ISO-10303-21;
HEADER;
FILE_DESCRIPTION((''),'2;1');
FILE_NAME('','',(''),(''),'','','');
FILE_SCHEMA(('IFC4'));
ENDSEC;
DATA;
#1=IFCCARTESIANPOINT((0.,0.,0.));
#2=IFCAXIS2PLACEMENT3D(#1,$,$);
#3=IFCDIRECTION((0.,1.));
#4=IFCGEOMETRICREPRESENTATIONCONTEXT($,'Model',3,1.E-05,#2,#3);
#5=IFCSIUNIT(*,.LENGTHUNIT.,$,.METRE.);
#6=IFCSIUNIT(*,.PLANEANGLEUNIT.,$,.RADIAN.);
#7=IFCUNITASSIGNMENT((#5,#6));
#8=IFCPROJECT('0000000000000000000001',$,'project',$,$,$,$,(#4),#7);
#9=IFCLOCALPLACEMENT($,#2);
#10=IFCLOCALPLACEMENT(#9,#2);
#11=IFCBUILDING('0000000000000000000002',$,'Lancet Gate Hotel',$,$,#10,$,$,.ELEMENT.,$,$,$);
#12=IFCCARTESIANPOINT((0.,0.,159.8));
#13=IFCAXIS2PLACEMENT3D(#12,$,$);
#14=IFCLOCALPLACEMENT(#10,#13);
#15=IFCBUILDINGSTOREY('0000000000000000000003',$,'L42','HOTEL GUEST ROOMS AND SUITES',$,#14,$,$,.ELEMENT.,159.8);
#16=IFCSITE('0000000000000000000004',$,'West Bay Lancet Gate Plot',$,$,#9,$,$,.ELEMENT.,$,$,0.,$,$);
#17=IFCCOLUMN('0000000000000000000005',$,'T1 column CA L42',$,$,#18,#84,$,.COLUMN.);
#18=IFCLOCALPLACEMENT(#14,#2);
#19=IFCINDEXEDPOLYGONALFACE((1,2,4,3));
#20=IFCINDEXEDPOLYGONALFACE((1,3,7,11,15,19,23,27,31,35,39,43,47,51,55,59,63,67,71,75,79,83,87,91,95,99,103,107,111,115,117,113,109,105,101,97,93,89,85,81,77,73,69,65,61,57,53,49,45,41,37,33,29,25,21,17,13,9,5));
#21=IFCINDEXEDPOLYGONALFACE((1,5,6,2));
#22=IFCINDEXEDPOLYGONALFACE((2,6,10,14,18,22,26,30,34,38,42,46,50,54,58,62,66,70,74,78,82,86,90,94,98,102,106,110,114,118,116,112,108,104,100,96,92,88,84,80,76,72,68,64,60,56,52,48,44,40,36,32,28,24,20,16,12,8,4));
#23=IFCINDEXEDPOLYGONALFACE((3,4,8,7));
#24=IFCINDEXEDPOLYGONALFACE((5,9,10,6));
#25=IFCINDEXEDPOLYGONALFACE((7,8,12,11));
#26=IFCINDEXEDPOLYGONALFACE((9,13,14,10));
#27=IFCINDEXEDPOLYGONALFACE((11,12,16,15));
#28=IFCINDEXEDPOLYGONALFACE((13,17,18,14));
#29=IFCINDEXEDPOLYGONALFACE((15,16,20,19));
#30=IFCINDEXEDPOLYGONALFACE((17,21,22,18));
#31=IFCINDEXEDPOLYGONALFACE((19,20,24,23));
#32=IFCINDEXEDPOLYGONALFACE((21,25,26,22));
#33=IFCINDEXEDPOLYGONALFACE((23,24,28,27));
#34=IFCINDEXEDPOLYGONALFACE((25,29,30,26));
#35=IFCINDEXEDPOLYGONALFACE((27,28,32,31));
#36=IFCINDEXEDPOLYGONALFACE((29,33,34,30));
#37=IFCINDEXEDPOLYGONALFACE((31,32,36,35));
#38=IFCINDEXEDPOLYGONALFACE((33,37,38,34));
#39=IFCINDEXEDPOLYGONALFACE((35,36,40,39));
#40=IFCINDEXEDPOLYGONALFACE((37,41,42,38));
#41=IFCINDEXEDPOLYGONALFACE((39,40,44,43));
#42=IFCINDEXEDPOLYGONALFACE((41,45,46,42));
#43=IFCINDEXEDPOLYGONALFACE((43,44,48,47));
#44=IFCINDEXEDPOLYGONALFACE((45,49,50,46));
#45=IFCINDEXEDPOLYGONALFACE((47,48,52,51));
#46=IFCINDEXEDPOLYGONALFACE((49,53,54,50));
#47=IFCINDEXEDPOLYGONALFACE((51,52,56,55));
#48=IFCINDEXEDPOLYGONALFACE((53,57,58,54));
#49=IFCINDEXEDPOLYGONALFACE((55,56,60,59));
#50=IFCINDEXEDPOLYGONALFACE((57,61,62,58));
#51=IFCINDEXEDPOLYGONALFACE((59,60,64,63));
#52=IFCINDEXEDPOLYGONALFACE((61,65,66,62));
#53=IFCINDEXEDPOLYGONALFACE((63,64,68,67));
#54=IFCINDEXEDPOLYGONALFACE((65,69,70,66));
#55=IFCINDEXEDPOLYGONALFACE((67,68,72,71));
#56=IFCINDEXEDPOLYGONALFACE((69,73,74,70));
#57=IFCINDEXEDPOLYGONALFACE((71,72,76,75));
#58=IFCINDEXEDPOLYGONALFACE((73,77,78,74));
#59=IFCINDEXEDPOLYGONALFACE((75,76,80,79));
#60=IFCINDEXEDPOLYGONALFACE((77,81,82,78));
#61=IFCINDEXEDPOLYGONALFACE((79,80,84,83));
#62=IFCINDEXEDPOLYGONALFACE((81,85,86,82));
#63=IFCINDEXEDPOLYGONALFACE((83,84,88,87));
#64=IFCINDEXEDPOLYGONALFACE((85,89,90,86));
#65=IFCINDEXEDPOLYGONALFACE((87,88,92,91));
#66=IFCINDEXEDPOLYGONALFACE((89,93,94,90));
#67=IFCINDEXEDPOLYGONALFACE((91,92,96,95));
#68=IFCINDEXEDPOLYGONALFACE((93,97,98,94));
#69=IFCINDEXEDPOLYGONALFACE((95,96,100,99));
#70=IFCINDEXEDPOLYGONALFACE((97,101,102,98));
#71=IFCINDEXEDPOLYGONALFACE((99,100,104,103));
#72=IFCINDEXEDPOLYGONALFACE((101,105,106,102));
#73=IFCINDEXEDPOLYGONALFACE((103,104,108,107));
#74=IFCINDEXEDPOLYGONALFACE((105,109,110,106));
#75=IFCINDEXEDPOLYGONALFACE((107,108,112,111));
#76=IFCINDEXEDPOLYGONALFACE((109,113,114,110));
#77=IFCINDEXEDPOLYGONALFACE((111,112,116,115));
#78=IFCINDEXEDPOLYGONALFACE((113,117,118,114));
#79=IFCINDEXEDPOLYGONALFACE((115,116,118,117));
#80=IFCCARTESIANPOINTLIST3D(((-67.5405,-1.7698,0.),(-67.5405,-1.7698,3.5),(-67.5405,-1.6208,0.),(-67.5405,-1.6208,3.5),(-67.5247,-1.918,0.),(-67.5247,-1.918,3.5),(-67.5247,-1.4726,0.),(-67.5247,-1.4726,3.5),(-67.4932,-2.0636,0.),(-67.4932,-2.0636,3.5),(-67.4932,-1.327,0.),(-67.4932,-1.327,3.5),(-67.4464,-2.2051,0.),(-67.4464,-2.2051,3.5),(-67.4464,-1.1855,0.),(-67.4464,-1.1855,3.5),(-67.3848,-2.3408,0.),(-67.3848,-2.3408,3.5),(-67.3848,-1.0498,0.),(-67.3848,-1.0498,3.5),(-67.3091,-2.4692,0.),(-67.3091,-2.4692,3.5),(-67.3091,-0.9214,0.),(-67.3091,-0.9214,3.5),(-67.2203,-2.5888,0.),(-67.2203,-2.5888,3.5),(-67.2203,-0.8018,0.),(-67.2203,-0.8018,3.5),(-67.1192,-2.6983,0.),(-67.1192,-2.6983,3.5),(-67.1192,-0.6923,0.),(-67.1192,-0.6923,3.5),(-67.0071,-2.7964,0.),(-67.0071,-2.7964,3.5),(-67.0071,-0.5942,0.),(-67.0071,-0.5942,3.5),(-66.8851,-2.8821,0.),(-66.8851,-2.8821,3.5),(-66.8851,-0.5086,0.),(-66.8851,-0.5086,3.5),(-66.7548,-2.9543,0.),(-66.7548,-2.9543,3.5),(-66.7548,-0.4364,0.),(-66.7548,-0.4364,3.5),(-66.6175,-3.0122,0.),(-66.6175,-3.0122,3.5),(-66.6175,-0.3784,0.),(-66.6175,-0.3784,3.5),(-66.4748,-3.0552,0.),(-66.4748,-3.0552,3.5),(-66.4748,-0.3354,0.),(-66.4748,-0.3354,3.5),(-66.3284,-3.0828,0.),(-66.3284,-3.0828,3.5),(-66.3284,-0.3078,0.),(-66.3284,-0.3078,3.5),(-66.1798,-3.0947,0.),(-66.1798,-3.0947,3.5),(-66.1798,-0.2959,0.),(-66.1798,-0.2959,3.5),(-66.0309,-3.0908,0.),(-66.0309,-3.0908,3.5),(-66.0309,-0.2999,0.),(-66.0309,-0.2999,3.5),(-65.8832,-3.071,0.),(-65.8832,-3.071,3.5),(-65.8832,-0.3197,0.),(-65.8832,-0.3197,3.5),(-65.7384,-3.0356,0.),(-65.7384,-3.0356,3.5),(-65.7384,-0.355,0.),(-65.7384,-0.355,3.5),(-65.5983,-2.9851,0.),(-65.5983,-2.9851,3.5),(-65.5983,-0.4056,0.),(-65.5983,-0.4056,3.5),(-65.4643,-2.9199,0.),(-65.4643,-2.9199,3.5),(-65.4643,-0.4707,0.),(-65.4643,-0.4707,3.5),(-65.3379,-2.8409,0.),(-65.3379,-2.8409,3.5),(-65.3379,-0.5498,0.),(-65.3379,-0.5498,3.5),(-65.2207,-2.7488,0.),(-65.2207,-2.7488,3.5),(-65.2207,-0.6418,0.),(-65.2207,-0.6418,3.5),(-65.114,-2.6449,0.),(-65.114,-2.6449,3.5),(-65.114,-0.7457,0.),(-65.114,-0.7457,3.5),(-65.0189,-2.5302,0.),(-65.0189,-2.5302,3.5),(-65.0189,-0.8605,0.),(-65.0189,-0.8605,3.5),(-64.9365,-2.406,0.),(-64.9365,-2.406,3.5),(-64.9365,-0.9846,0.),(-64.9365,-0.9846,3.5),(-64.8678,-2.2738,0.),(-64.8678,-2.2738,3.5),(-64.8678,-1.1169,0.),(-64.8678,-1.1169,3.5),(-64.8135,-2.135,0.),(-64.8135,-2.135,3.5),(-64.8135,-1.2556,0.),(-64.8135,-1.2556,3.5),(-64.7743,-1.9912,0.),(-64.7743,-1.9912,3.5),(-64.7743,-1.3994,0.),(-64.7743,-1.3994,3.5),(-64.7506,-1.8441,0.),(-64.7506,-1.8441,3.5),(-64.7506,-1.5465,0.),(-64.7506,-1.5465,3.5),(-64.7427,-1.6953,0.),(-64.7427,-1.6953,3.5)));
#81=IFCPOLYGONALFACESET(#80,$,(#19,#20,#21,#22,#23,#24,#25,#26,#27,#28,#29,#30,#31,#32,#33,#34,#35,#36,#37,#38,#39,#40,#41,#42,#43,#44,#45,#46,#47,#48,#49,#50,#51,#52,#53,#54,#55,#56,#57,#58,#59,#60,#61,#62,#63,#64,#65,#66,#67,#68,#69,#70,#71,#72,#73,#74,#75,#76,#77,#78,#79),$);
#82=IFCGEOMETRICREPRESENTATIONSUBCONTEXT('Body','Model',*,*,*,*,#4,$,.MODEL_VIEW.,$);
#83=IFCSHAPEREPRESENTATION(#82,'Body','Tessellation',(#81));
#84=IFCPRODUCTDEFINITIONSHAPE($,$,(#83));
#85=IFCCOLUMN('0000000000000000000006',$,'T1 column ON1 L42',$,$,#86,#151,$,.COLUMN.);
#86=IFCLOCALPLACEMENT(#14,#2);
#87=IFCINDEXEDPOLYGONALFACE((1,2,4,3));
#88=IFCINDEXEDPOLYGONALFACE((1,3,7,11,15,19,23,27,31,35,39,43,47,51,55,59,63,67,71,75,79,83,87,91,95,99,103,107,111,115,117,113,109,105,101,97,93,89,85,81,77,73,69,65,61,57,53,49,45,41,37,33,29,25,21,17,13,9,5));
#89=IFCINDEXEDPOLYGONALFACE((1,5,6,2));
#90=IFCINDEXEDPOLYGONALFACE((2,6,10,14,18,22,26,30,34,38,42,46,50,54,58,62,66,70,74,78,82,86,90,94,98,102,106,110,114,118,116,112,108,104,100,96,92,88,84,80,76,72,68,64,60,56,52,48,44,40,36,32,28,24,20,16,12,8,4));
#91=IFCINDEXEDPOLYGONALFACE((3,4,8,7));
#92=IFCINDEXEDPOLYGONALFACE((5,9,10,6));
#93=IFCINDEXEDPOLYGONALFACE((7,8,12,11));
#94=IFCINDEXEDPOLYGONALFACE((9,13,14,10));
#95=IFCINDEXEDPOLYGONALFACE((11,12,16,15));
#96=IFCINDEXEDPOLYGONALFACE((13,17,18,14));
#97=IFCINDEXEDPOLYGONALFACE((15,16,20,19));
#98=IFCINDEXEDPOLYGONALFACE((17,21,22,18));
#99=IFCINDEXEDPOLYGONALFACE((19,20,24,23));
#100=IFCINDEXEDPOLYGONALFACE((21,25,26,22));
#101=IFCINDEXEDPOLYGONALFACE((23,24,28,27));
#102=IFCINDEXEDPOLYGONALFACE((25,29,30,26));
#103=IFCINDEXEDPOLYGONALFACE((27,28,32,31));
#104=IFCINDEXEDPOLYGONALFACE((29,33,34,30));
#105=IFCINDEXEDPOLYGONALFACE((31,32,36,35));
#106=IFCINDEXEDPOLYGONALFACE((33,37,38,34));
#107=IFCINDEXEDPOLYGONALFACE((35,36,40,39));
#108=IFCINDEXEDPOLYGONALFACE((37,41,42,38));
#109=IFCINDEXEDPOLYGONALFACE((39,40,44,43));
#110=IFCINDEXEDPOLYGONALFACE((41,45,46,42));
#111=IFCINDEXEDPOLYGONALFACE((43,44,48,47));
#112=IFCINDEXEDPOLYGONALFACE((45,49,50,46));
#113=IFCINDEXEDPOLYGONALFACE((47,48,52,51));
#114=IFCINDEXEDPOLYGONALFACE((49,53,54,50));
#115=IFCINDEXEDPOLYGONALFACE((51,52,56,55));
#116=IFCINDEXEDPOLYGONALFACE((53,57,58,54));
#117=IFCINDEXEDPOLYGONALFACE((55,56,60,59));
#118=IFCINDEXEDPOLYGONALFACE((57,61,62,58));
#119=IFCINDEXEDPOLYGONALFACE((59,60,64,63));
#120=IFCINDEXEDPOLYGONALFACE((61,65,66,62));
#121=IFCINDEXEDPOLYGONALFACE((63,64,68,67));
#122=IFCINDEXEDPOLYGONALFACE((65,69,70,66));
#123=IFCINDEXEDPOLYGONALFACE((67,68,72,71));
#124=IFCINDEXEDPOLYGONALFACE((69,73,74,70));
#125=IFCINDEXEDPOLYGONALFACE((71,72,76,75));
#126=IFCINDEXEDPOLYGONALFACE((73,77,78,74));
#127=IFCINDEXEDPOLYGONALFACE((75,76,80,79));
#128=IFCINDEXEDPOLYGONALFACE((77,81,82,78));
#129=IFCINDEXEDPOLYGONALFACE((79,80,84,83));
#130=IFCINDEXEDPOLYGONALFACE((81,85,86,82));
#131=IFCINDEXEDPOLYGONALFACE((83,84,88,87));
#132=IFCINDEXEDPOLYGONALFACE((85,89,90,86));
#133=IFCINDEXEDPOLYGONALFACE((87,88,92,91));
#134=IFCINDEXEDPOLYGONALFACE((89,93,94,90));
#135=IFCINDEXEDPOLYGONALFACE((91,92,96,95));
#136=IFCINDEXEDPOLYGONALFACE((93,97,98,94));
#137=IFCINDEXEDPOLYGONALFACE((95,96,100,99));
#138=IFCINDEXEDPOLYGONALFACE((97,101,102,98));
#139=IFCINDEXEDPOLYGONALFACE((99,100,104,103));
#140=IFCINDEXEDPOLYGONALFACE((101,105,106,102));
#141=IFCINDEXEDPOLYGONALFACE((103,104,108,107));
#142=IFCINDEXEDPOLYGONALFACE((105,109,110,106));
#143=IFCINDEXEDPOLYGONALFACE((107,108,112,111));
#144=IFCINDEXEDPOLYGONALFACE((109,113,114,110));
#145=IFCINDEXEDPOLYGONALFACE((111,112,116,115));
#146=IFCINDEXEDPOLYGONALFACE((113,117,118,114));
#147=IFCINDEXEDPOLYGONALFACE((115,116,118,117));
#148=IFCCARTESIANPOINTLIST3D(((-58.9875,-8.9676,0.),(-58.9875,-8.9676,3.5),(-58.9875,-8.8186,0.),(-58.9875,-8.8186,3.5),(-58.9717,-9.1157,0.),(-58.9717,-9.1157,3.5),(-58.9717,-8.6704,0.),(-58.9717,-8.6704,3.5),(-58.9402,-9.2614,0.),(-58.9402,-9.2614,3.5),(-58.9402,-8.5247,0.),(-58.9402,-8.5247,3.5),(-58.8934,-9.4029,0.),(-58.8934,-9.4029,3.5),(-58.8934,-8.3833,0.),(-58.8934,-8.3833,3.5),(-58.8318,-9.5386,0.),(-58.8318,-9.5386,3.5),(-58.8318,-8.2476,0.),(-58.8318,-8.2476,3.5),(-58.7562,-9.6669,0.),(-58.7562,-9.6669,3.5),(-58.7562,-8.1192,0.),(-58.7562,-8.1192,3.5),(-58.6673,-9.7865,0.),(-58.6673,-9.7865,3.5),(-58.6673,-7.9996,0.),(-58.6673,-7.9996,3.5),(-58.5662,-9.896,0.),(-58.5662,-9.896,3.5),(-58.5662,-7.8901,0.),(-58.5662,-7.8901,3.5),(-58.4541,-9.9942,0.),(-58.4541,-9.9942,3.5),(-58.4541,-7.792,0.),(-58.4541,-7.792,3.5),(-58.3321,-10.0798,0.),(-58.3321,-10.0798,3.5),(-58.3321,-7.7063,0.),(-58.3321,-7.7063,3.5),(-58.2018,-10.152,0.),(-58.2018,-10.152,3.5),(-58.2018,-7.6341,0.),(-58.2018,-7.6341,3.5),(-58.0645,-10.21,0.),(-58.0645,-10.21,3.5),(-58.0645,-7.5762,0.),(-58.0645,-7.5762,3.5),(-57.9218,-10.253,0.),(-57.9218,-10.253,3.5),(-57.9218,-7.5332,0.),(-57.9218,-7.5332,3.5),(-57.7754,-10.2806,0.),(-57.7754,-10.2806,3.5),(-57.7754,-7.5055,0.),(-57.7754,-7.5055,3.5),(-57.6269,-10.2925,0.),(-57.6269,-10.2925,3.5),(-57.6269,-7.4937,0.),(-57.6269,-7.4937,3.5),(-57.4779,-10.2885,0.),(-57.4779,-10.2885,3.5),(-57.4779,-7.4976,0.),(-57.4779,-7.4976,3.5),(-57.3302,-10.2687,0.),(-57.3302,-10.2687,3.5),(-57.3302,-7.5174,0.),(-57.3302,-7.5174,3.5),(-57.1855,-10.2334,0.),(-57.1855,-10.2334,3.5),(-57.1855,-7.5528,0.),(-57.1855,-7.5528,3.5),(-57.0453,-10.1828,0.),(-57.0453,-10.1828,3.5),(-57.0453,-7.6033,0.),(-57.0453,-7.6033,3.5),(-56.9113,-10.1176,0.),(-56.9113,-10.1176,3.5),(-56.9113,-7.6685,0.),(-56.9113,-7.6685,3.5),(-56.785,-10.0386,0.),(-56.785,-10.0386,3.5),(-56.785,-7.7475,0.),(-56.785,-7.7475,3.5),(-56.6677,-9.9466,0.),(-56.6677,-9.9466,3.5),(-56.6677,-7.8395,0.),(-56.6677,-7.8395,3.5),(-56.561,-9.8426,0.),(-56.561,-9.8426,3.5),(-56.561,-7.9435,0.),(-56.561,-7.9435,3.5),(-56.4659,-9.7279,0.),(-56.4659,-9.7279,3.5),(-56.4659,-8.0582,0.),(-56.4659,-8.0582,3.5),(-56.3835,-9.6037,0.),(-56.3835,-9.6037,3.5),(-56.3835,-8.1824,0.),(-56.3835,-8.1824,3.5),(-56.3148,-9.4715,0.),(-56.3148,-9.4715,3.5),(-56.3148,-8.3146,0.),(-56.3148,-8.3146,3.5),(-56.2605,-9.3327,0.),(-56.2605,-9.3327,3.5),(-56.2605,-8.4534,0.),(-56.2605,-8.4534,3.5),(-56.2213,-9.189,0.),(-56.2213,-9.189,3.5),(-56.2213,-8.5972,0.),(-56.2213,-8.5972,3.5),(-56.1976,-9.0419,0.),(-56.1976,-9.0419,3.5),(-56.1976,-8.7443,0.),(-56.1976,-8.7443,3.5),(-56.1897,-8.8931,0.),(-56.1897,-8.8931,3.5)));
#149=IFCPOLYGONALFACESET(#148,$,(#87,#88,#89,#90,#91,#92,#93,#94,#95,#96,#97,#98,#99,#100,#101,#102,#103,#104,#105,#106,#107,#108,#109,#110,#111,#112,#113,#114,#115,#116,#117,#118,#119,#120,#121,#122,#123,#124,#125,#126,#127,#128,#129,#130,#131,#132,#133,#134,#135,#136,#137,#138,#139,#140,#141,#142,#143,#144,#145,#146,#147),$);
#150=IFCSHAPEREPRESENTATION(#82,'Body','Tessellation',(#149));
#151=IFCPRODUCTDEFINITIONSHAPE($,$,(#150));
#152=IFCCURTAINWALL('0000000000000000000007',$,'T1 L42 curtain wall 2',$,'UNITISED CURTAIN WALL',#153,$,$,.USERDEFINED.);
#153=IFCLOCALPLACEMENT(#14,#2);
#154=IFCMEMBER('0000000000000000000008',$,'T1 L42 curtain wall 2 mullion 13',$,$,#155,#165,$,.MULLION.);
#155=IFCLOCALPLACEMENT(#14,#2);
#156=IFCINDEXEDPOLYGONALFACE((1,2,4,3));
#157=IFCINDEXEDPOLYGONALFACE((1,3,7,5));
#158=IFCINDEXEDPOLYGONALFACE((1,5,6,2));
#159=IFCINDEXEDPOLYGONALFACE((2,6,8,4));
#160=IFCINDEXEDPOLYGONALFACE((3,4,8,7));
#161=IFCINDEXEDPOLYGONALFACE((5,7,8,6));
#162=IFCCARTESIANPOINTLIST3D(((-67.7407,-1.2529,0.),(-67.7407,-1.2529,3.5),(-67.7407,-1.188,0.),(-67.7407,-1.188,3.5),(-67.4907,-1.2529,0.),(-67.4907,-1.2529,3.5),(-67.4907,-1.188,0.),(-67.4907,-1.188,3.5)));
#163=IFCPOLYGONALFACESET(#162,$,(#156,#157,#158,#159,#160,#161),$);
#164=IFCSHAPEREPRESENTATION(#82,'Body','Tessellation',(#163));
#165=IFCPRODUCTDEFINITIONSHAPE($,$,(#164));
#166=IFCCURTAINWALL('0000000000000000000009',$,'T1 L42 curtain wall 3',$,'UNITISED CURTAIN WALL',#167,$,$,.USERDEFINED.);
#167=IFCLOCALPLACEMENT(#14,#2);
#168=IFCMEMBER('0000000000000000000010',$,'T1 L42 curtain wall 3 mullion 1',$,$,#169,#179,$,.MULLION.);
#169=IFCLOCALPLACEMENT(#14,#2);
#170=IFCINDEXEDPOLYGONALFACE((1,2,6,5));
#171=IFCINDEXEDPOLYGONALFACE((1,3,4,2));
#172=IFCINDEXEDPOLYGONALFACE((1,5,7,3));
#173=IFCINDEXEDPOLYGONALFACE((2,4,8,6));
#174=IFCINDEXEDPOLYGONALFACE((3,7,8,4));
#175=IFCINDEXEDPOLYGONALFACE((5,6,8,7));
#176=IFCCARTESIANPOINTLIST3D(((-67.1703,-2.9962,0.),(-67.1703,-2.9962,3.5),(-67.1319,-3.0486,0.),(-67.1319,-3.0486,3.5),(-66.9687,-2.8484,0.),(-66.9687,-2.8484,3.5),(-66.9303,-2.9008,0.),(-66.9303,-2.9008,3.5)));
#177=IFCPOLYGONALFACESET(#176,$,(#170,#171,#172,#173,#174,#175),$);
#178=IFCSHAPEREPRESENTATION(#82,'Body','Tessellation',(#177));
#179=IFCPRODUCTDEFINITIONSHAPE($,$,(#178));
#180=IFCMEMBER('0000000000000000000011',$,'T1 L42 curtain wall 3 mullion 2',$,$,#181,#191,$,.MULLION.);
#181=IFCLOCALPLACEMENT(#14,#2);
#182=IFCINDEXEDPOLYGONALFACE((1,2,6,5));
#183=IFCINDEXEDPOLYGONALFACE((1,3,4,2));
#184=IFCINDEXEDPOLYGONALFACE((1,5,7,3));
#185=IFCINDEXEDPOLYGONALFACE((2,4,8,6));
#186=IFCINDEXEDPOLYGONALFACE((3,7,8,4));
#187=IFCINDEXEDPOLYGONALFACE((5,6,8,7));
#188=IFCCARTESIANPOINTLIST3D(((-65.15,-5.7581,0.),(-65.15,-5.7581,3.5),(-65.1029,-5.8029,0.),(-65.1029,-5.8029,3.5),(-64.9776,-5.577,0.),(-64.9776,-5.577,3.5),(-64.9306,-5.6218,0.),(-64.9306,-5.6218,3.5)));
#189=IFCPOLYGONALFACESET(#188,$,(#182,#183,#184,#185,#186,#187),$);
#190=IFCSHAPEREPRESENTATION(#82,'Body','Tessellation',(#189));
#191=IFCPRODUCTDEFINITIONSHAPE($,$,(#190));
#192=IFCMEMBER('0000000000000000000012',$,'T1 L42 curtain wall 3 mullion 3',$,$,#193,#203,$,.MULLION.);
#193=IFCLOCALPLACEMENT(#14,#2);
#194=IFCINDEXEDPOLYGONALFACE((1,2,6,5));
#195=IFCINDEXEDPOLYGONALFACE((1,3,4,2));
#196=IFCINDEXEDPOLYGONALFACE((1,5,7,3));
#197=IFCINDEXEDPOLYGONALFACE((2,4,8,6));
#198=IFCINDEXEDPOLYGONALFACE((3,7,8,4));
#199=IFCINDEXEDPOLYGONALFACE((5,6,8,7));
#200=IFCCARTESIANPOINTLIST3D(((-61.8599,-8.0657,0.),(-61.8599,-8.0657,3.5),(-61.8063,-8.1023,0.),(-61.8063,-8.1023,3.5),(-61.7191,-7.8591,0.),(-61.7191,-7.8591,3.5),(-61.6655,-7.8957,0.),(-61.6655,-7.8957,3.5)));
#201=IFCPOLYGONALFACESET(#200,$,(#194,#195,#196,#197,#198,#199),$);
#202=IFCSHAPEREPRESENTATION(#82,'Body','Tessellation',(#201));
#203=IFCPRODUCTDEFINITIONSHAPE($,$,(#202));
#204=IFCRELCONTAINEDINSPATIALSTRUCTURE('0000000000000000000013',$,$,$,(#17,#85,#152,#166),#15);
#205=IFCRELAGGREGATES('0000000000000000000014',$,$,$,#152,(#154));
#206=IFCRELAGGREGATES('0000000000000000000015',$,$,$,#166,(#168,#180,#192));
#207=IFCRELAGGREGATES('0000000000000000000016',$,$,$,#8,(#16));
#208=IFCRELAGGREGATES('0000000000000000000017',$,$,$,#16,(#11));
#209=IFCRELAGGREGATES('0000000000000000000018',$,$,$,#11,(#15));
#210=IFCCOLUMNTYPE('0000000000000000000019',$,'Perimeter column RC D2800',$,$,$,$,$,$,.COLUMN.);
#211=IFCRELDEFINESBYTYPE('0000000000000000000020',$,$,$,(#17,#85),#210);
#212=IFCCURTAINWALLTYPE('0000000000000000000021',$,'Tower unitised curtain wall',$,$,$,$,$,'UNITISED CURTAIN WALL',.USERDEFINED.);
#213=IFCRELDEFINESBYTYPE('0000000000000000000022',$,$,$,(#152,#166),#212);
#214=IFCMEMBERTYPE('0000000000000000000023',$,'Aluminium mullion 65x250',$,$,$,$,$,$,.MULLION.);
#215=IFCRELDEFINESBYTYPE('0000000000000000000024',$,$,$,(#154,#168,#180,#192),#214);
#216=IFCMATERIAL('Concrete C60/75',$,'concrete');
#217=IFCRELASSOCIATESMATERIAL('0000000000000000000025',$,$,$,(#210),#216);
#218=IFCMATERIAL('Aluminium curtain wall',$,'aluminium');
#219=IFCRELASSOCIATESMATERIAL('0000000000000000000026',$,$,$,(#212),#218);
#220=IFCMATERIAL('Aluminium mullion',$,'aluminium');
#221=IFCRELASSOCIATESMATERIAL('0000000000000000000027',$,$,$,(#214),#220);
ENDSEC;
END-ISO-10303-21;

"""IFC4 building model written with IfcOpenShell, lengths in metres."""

from ifc_helpers import new_model, si_unit, direction, frame, origin, origin_2d, place, context, subcontext, project, spatial, rectangle, circle, extrude, material, material_profile, profile_set, type_object, element, aggregate, save


model = new_model("IFC4")

# Units and contexts
model_context = context("Model", 3, precision=1e-05, world=origin(), true_north=direction((0.0, 1.0)))
body_context = subcontext(model_context, "Body", "Model", "MODEL_VIEW")
ifc_project = project(units=[si_unit("LENGTHUNIT", "METRE"), si_unit("PLANEANGLEUNIT", "RADIAN")], contexts=[model_context])

# Site, building, storey
site_placement = place(None, origin())
site = spatial("IfcSite", under=ifc_project, at=site_placement, Name="West Bay Lancet Gate Plot", CompositionType="ELEMENT", RefElevation=0.0)
building_placement = place(site_placement, origin())
building = spatial("IfcBuilding", under=site, at=building_placement, Name="Lancet Gate Hotel", CompositionType="ELEMENT")
storey_placement = place(building_placement, frame((0.0, 0.0, 159.8)))
storey = spatial("IfcBuildingStorey", under=building, at=storey_placement, Name="L42", Description="HOTEL GUEST ROOMS AND SUITES", CompositionType="ELEMENT", Elevation=159.8)

# Columns
ifc_material_1 = material(Name="Concrete C60/75", Category="concrete")
ifc_material_profile_1 = material_profile(ifc_material_1, circle(Radius=1.3999, at=origin_2d()), Name="RC D2800")
ifc_profile_set_1 = profile_set([ifc_material_profile_1], Name="Concrete C60/75")
column_type = type_object("IfcColumnType", Name="Perimeter column RC D2800", PredefinedType="COLUMN", material=ifc_profile_set_1)
for number, where, z_axis, x_axis, name in (
    (1, (-66.1426, -1.6953, 0.0), (0.0, 0.0, 1.0), (1.0, 0.0, 0.0), "T1 column CA L42"),
    (2, (-57.5896, -8.8931, 0.0), (0.0, 0.0, 1.0), (1.0, 0.0, 0.0), "T1 column ON1 L42"),
):
    element("IfcColumn", number, at=place(storey_placement, frame(where, z_axis=z_axis, x_axis=x_axis)), inside=storey, type_object=column_type, Name=name, PredefinedType="COLUMN", context=body_context, shape_type="SweptSolid", body=[
        extrude(circle(Radius=1.3999, at=origin_2d()), origin(), (0.0, 0.0, 1.0), 3.5),
    ])

# Curtain wall, member
ifc_material_2 = material(Name="Aluminium curtain wall", Category="aluminium")
curtain_wall_type = type_object("IfcCurtainWallType", Name="Tower unitised curtain wall", ElementType="UNITISED CURTAIN WALL", PredefinedType="USERDEFINED", material=ifc_material_2)
curtain_wall_1_placement = place(storey_placement, origin())
curtain_wall_1 = element("IfcCurtainWall", 3, at=curtain_wall_1_placement, inside=storey, type_object=curtain_wall_type, Name="T1 L42 curtain wall 2", ObjectType="UNITISED CURTAIN WALL", PredefinedType="USERDEFINED")
ifc_material_3 = material(Name="Aluminium mullion", Category="aluminium")
ifc_material_profile_2 = material_profile(ifc_material_3, rectangle(XDim=0.0649, YDim=0.25, at=origin_2d()), Name="MULLION 65x250")
ifc_profile_set_2 = profile_set([ifc_material_profile_2], Name="Aluminium mullion")
member_type_1 = type_object("IfcMemberType", Name="Aluminium mullion 65x250", PredefinedType="MULLION", material=ifc_profile_set_2)
member_1_placement = place(storey_placement, frame((-67.6157, -1.2205, 0.0), z_axis=(0.0, 0.0, 1.0), x_axis=(0.0, -1.0, 0.0)))
member_1 = element("IfcMember", 4, at=member_1_placement, type_object=member_type_1, Name="T1 L42 curtain wall 2 mullion 13", PredefinedType="MULLION", context=body_context, shape_type="SweptSolid", body=[
    extrude(rectangle(XDim=0.0649, YDim=0.25, at=origin_2d()), origin(), (0.0, 0.0, 1.0), 3.5),
])
aggregate(curtain_wall_1, [member_1])

# Curtain wall, members
curtain_wall_2_placement = place(storey_placement, origin())
curtain_wall_2 = element("IfcCurtainWall", 5, at=curtain_wall_2_placement, inside=storey, type_object=curtain_wall_type, Name="T1 L42 curtain wall 3", ObjectType="UNITISED CURTAIN WALL", PredefinedType="USERDEFINED")
member_2_placement = place(storey_placement, frame((-67.0503, -2.9485, 0.0), z_axis=(0.0, 0.0, 1.0), x_axis=(0.5913, -0.806452, 0.0)))
member_2 = element("IfcMember", 6, at=member_2_placement, type_object=member_type_1, Name="T1 L42 curtain wall 3 mullion 1", PredefinedType="MULLION", context=body_context, shape_type="SweptSolid", body=[
    extrude(rectangle(XDim=0.0649, YDim=0.25, at=origin_2d()), origin(), (0.0, 0.0, 1.0), 3.5),
])
member_3_placement = place(storey_placement, frame((-65.0403, -5.6899, 0.0), z_axis=(0.0, 0.0, 1.0), x_axis=(0.724382, -0.689399, 0.0)))
member_3 = element("IfcMember", 7, at=member_3_placement, type_object=member_type_1, Name="T1 L42 curtain wall 3 mullion 2", PredefinedType="MULLION", context=body_context, shape_type="SweptSolid", body=[
    extrude(rectangle(XDim=0.0649, YDim=0.25, at=origin_2d()), origin(), (0.0, 0.0, 1.0), 3.5),
])
member_4_placement = place(storey_placement, frame((-61.7627, -7.9807, 0.0), z_axis=(0.0, 0.0, 1.0), x_axis=(0.826312, -0.563212, 0.0)))
member_4 = element("IfcMember", 8, at=member_4_placement, type_object=member_type_1, Name="T1 L42 curtain wall 3 mullion 3", PredefinedType="MULLION", context=body_context, shape_type="SweptSolid", body=[
    extrude(rectangle(XDim=0.0649, YDim=0.25, at=origin_2d()), origin(), (0.0, 0.0, 1.0), 3.5),
])

aggregate(curtain_wall_2, [member_2, member_3, member_4])

save(model, "model.ifc")
